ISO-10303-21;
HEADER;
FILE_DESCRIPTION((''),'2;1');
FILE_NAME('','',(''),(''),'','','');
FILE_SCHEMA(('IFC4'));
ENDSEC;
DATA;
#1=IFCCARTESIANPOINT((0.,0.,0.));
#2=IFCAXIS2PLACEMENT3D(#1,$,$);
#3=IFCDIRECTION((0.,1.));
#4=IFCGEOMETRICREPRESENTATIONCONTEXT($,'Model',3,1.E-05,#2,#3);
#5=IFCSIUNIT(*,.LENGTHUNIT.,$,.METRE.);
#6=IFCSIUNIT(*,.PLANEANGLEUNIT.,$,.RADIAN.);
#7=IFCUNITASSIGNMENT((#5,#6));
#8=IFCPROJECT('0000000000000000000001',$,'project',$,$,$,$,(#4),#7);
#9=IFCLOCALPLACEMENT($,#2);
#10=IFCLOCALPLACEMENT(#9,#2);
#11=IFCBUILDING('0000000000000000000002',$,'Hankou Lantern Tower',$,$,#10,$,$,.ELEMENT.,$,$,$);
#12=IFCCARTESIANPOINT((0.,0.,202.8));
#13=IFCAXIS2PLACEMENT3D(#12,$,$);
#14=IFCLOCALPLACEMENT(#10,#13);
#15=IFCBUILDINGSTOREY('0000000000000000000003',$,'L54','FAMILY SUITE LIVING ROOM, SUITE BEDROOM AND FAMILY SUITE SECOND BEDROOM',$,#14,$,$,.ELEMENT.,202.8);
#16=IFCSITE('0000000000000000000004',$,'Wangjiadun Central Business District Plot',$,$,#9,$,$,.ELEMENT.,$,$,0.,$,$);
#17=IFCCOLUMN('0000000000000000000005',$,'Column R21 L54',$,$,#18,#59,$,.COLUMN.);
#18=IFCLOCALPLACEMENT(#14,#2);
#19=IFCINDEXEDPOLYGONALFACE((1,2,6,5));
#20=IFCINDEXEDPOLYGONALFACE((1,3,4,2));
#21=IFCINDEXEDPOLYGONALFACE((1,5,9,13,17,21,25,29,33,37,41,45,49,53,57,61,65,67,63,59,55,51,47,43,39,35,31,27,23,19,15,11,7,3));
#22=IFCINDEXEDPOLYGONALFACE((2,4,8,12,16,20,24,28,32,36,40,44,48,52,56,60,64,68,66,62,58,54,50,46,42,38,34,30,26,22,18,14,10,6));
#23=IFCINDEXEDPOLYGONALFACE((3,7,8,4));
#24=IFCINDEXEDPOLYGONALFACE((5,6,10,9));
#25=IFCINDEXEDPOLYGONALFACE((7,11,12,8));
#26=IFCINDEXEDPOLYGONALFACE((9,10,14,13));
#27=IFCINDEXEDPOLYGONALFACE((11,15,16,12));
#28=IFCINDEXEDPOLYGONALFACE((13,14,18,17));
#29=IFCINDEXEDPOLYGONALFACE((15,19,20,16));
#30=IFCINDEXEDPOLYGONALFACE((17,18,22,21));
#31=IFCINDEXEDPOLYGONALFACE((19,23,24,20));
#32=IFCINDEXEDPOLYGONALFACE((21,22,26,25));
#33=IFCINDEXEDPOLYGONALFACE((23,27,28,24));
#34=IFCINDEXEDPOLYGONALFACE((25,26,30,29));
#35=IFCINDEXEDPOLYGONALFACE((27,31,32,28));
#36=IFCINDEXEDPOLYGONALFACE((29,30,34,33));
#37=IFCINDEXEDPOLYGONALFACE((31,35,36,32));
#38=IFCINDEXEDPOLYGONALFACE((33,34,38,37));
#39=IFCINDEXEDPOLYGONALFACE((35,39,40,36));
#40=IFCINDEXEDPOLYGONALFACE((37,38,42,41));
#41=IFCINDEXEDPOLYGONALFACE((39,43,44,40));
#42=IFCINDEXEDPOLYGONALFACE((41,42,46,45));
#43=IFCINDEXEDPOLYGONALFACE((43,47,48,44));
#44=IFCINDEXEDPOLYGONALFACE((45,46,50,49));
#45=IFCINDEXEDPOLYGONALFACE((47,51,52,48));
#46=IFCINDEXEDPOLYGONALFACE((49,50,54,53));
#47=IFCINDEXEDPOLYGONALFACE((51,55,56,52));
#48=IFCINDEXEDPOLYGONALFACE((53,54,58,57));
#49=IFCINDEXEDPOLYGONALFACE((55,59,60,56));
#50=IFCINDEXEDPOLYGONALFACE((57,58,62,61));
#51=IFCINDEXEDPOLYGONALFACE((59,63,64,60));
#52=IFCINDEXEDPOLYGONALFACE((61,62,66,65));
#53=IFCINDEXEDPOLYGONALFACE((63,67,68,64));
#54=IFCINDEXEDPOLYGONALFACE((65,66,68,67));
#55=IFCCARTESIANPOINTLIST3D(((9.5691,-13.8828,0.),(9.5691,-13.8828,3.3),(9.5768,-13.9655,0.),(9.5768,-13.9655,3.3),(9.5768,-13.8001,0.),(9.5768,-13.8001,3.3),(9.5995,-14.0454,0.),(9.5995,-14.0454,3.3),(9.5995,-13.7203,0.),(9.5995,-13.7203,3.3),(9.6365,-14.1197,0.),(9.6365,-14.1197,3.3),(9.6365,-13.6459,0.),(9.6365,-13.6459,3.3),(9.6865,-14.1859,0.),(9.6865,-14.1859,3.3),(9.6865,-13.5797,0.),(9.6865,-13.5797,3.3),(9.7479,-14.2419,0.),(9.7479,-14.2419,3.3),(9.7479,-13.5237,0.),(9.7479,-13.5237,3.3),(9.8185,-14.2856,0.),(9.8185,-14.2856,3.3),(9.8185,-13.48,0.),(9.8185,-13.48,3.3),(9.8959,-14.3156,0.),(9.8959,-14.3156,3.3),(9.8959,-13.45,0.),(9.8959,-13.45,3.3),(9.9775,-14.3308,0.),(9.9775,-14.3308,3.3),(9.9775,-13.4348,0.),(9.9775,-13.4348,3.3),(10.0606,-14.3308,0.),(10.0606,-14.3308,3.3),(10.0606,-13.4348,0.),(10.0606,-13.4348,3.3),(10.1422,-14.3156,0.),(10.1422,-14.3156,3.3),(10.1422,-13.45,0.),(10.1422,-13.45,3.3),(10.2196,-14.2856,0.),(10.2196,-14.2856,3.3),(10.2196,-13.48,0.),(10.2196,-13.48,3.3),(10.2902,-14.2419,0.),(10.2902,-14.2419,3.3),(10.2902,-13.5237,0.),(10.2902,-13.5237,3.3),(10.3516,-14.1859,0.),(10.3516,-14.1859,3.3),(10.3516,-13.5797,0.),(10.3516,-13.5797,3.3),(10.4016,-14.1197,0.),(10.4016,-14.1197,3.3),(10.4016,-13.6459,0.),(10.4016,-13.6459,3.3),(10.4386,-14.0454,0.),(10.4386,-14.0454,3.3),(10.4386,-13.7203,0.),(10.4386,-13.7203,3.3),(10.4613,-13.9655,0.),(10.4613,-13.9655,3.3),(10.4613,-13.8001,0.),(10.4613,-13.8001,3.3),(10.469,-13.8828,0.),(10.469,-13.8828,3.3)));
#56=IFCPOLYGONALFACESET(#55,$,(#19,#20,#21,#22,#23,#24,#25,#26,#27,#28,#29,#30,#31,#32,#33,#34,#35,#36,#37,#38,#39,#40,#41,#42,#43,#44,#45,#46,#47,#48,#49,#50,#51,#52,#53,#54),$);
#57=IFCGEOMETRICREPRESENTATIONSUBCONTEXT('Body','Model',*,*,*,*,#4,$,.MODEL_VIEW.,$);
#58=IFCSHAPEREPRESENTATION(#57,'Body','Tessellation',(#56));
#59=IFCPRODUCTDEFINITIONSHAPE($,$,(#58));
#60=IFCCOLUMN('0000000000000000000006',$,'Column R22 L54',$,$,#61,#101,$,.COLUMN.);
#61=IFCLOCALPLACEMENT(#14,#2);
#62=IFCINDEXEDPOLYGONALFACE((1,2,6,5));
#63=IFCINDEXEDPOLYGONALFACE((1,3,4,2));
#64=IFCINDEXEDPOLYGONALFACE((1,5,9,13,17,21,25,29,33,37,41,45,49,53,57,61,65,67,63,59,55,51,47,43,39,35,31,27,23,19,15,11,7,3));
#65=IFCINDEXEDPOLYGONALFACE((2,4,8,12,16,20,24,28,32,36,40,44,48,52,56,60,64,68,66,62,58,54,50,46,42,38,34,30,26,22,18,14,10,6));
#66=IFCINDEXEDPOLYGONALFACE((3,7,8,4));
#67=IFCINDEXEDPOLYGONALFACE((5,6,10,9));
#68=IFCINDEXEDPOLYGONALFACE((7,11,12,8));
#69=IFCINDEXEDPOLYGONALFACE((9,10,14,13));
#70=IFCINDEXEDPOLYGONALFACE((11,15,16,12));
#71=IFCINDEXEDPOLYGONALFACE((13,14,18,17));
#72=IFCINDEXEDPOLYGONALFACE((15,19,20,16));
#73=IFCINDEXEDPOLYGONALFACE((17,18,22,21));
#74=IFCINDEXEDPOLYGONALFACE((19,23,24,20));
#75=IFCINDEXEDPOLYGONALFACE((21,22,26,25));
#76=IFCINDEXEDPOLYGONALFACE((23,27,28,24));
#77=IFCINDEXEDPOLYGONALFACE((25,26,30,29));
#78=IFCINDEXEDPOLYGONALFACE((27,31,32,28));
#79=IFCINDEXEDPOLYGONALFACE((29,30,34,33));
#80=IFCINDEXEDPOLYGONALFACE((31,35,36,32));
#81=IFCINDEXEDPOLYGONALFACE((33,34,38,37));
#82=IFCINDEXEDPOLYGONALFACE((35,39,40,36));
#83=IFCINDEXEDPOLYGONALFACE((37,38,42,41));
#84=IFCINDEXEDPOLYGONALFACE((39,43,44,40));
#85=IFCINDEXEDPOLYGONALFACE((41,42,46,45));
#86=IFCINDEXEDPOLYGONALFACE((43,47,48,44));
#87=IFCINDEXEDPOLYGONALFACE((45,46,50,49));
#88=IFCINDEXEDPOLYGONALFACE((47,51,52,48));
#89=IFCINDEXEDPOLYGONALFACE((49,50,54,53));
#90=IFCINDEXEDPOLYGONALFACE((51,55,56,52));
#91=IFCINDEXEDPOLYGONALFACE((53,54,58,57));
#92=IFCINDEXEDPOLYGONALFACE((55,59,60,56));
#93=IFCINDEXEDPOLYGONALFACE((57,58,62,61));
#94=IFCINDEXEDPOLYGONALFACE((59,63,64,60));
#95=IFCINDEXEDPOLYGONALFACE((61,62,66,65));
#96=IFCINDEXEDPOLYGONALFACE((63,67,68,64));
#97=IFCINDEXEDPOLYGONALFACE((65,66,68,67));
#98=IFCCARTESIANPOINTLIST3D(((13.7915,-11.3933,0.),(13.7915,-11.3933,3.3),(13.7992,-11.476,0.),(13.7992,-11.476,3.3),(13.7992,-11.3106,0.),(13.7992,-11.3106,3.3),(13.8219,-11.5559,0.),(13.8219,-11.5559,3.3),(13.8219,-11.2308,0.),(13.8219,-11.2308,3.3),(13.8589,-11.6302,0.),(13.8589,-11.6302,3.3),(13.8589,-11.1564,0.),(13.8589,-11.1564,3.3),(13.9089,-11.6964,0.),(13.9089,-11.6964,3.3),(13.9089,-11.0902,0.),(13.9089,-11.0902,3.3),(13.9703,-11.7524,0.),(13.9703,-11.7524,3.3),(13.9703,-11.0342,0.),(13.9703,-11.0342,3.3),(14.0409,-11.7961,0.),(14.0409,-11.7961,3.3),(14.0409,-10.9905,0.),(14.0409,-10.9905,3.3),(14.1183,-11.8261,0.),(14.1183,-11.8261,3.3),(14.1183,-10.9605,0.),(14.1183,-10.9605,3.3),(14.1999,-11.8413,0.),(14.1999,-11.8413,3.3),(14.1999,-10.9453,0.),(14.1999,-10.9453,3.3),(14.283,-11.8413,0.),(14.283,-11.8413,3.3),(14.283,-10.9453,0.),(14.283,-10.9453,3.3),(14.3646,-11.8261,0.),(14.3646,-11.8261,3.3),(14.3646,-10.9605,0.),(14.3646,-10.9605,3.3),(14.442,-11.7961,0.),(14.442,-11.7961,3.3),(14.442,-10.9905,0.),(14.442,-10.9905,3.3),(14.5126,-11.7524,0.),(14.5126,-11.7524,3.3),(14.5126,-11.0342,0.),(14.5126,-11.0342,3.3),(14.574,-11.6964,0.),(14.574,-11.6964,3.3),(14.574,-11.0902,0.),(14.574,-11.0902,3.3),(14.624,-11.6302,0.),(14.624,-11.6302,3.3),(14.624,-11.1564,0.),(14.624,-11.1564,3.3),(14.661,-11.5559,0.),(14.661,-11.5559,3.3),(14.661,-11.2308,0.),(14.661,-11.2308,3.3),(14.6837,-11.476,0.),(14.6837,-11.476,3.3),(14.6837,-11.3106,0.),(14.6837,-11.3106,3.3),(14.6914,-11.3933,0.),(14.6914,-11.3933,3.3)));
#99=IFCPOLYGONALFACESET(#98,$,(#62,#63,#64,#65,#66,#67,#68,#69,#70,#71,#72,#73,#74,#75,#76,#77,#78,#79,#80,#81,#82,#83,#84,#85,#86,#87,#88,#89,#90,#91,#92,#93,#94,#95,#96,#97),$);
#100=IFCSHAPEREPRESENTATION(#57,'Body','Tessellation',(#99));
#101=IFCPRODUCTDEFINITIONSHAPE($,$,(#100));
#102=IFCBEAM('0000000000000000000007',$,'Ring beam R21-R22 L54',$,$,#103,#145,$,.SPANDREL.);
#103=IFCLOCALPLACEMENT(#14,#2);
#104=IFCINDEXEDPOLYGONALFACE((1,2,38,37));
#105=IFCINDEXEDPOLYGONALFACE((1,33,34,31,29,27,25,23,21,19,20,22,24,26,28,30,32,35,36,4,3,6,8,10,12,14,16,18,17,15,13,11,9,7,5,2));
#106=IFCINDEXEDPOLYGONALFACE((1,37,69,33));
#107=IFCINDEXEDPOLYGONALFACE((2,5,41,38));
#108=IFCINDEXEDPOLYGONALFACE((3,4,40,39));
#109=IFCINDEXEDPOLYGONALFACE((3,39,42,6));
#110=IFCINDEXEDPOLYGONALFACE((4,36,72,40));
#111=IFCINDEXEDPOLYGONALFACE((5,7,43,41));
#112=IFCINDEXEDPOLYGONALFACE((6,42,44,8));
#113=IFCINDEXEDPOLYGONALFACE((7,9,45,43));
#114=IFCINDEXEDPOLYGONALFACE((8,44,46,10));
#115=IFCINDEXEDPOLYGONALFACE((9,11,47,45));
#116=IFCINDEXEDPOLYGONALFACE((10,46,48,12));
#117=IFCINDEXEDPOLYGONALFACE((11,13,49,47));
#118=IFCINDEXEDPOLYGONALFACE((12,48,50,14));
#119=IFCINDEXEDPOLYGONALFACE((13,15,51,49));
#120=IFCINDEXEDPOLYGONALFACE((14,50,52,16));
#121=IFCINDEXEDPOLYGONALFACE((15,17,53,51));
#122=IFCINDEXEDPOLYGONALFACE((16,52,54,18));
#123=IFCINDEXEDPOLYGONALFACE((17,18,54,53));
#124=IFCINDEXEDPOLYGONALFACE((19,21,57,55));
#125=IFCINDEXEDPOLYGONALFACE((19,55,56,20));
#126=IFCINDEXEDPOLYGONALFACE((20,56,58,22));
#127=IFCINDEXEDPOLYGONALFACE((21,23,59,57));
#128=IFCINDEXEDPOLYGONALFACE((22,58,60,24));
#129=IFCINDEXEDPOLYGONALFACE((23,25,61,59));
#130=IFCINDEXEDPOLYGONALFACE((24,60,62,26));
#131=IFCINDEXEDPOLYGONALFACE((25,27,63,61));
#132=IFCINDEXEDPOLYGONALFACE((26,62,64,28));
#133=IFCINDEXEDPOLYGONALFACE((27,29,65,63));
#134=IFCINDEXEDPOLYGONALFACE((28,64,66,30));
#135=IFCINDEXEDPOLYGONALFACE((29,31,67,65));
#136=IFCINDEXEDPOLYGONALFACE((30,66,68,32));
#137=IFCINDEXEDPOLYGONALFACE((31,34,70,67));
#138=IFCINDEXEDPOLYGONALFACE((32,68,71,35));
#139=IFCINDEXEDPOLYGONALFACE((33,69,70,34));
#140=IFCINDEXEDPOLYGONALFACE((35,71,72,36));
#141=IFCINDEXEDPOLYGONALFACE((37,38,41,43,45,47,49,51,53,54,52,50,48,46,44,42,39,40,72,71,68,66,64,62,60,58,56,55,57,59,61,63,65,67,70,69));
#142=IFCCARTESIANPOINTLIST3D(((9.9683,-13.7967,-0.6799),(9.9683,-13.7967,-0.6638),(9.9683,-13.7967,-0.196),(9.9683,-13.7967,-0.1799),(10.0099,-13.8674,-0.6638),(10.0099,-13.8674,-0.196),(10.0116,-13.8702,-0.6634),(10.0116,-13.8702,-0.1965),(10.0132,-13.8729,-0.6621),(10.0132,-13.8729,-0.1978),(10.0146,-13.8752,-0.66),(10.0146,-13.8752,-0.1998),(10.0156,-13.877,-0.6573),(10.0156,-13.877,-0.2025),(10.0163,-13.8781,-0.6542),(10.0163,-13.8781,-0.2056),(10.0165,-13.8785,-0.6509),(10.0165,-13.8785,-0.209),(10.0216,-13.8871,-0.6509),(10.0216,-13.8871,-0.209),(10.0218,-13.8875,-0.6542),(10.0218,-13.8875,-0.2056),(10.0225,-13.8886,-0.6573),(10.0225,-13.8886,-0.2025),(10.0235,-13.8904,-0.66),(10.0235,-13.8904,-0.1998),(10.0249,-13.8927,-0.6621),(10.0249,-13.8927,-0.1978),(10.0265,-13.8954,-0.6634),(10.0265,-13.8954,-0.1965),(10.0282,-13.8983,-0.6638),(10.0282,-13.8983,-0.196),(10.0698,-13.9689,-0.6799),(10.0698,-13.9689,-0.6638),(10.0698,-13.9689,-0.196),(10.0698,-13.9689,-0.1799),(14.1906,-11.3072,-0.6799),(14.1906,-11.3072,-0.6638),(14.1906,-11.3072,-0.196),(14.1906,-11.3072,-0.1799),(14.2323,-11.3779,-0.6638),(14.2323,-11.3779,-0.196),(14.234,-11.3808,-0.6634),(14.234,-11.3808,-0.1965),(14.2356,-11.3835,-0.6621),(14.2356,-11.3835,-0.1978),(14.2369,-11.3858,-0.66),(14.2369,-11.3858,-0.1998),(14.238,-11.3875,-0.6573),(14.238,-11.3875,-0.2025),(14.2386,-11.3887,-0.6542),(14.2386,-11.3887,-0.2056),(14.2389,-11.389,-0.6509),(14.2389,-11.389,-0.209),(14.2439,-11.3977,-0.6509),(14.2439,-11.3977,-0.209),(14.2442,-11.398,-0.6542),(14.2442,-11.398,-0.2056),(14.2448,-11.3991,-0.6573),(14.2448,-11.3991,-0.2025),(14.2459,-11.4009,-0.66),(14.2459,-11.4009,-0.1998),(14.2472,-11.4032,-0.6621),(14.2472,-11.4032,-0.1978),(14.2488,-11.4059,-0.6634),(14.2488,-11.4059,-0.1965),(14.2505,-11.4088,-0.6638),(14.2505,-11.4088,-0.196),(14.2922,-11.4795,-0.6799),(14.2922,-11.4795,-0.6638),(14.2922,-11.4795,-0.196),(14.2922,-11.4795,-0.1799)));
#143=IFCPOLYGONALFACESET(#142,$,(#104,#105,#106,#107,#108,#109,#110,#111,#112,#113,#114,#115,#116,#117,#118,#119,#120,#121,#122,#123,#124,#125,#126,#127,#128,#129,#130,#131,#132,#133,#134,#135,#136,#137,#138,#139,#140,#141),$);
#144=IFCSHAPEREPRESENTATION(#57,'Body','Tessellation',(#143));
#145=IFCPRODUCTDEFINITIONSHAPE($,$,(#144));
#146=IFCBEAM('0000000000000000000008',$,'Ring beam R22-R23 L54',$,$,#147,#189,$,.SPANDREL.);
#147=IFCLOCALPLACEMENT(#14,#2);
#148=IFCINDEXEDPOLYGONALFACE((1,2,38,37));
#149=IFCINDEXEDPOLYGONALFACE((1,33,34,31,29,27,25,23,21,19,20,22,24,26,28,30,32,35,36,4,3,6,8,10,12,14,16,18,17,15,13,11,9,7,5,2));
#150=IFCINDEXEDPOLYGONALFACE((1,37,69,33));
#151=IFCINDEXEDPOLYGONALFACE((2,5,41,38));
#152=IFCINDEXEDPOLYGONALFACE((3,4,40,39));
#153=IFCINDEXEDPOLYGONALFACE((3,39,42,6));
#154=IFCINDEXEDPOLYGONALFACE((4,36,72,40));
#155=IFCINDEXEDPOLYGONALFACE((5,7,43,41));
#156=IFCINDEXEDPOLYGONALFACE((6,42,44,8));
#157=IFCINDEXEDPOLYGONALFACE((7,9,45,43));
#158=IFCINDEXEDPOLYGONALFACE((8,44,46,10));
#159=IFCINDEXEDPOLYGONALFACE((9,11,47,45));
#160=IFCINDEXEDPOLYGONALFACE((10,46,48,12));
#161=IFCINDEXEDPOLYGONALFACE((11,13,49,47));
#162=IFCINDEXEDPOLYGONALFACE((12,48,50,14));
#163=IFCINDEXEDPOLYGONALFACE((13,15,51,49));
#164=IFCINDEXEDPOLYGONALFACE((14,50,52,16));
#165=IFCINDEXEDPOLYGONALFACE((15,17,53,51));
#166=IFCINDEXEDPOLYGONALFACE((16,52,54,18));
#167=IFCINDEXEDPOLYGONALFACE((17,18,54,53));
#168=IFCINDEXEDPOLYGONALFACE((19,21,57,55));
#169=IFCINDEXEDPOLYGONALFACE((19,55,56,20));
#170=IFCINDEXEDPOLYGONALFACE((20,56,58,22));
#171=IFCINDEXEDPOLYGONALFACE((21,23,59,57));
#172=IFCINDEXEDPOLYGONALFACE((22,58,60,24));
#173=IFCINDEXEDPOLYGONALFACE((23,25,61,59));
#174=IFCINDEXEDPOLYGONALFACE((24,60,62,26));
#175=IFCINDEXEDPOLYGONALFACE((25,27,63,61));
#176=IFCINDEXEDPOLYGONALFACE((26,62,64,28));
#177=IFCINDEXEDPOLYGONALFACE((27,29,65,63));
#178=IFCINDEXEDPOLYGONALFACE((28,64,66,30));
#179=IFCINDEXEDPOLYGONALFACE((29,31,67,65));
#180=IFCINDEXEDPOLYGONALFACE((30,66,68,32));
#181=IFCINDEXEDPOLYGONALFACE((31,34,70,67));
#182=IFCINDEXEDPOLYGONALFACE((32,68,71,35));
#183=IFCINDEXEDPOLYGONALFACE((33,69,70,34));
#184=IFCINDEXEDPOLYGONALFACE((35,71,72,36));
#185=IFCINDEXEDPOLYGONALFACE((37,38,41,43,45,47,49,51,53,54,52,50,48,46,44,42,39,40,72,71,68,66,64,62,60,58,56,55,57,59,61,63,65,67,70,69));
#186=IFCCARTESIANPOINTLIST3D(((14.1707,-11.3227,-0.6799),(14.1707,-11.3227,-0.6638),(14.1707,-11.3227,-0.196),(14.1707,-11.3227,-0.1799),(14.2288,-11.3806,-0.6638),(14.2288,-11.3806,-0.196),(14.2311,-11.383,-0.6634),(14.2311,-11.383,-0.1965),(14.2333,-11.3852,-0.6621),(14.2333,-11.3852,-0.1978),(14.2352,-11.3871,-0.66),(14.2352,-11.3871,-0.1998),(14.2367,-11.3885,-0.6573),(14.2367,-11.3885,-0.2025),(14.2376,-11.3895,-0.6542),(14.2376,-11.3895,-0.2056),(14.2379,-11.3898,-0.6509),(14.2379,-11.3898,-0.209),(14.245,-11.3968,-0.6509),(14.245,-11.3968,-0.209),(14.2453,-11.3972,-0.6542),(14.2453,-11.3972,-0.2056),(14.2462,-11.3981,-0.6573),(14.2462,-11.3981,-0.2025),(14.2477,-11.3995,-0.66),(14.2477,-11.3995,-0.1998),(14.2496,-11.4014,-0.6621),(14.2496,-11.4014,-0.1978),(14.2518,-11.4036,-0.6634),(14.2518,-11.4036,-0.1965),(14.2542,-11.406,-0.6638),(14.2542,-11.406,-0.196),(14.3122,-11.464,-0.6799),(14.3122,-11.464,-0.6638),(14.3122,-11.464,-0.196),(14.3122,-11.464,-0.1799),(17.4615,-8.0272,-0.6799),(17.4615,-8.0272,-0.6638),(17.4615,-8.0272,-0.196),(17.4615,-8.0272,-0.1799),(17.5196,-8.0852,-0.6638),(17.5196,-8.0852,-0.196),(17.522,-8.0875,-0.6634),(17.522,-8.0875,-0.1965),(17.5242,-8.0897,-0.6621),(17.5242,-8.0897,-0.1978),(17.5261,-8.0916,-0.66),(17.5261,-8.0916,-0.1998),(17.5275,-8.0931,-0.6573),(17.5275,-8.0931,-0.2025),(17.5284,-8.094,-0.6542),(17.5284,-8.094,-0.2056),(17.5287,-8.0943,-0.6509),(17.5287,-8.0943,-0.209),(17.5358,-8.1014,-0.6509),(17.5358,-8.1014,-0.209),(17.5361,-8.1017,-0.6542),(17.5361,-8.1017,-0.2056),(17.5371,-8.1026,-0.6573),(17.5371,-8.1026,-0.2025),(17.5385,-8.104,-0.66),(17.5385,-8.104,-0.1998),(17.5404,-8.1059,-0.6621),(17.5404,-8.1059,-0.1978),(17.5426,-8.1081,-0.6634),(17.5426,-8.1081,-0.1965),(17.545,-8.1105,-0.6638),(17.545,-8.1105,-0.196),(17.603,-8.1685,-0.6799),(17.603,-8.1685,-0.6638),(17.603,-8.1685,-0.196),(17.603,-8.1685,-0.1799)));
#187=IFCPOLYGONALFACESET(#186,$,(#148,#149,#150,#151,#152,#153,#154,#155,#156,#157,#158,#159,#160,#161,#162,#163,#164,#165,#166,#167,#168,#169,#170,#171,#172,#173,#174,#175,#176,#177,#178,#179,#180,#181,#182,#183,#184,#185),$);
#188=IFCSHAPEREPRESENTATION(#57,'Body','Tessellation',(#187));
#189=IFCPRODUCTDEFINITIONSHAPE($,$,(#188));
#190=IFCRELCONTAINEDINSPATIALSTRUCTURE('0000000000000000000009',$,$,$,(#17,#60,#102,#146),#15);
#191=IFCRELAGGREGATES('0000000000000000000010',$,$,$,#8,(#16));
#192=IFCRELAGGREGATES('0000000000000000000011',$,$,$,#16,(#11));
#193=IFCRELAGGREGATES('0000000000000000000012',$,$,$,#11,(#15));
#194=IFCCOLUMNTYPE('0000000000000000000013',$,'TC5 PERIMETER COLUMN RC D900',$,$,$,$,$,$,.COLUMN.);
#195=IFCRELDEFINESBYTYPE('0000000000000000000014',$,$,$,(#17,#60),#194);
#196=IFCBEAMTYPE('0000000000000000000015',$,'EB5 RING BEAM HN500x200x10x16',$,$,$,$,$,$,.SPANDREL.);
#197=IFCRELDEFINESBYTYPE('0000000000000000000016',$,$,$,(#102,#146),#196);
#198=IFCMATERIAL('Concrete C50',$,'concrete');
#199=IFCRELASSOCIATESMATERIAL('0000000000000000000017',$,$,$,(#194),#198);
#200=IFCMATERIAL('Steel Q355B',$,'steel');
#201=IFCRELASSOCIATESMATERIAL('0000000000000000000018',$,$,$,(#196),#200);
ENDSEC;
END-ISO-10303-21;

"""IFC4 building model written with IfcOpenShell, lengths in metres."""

from ifc_helpers import new_model, si_unit, direction, frame, origin, origin_2d, place, context, subcontext, project, spatial, circle, i_section, extrude, material, material_profile, profile_set, type_object, element, save


model = new_model("IFC4")

# Units and contexts
model_context = context("Model", 3, precision=1e-05, world=origin(), true_north=direction((0.0, 1.0)))
body_context = subcontext(model_context, "Body", "Model", "MODEL_VIEW")
ifc_project = project(units=[si_unit("LENGTHUNIT", "METRE"), si_unit("PLANEANGLEUNIT", "RADIAN")], contexts=[model_context])

# Site, building, storey
site_placement = place(None, origin())
site = spatial("IfcSite", under=ifc_project, at=site_placement, Name="Wangjiadun Central Business District Plot", CompositionType="ELEMENT", RefElevation=0.0)
building_placement = place(site_placement, origin())
building = spatial("IfcBuilding", under=site, at=building_placement, Name="Hankou Lantern Tower", CompositionType="ELEMENT")
storey_placement = place(building_placement, frame((0.0, 0.0, 202.8)))
storey = spatial("IfcBuildingStorey", under=building, at=storey_placement, Name="L54", Description="FAMILY SUITE LIVING ROOM, SUITE BEDROOM AND FAMILY SUITE SECOND BEDROOM", CompositionType="ELEMENT", Elevation=202.8)

# Columns
ifc_material_1 = material(Name="Concrete C50", Category="concrete")
ifc_material_profile_1 = material_profile(ifc_material_1, circle(Radius=0.45, at=origin_2d()), Name="RC D900")
ifc_profile_set_1 = profile_set([ifc_material_profile_1], Name="Concrete C50")
column_type = type_object("IfcColumnType", Name="TC5 PERIMETER COLUMN RC D900", PredefinedType="COLUMN", material=ifc_profile_set_1)
for number, where, z_axis, x_axis, name in (
    (1, (10.019, -13.8828, 0.0), (0.0, 0.0, 1.0), (1.0, 0.0, 0.0), "Column R21 L54"),
    (2, (14.2415, -11.3933, 0.0), (0.0, 0.0, 1.0), (1.0, 0.0, 0.0), "Column R22 L54"),
):
    element("IfcColumn", number, at=place(storey_placement, frame(where, z_axis=z_axis, x_axis=x_axis)), inside=storey, type_object=column_type, Name=name, PredefinedType="COLUMN", context=body_context, shape_type="SweptSolid", body=[
        extrude(circle(Radius=0.45, at=origin_2d()), origin(), (0.0, 0.0, 1.0), 3.3),
    ])

# Beams
ifc_material_2 = material(Name="Steel Q355B", Category="steel")
ifc_material_profile_2 = material_profile(ifc_material_2, i_section(OverallWidth=0.2, OverallDepth=0.5, WebThickness=0.01, FlangeThickness=0.0161, FilletRadius=0.0129, at=origin_2d()), Name="HN500x200x10x16")
ifc_profile_set_2 = profile_set([ifc_material_profile_2], Name="Steel Q355B")
beam_type_1 = type_object("IfcBeamType", Name="EB5 RING BEAM HN500x200x10x16", PredefinedType="SPANDREL", material=ifc_profile_set_2)
beam_1_placement = place(storey_placement, frame((10.019, -13.8828, -0.4299), z_axis=(0.861423, 0.507888, 0.0), x_axis=(-0.507888, 0.861423, 0.0)))
element("IfcBeam", 3, at=beam_1_placement, inside=storey, type_object=beam_type_1, Name="Ring beam R21-R22 L54", PredefinedType="SPANDREL", context=body_context, shape_type="SweptSolid", body=[
    extrude(i_section(OverallWidth=0.2, OverallDepth=0.5, WebThickness=0.01, FlangeThickness=0.0161, FilletRadius=0.0129, at=origin_2d()), origin(), (0.0, 0.0, 1.0), 4.9016),
])
beam_2_placement = place(storey_placement, frame((14.2415, -11.3933, -0.4299), z_axis=(0.706609, 0.707605, 0.0), x_axis=(-0.707605, 0.706609, 0.0)))
element("IfcBeam", 4, at=beam_2_placement, inside=storey, type_object=beam_type_1, Name="Ring beam R22-R23 L54", PredefinedType="SPANDREL", context=body_context, shape_type="SweptSolid", body=[
    extrude(i_section(OverallWidth=0.2, OverallDepth=0.5, WebThickness=0.01, FlangeThickness=0.0161, FilletRadius=0.0129, at=origin_2d()), origin(), (0.0, 0.0, 1.0), 4.6572),
])

save(model, "model.ifc")
